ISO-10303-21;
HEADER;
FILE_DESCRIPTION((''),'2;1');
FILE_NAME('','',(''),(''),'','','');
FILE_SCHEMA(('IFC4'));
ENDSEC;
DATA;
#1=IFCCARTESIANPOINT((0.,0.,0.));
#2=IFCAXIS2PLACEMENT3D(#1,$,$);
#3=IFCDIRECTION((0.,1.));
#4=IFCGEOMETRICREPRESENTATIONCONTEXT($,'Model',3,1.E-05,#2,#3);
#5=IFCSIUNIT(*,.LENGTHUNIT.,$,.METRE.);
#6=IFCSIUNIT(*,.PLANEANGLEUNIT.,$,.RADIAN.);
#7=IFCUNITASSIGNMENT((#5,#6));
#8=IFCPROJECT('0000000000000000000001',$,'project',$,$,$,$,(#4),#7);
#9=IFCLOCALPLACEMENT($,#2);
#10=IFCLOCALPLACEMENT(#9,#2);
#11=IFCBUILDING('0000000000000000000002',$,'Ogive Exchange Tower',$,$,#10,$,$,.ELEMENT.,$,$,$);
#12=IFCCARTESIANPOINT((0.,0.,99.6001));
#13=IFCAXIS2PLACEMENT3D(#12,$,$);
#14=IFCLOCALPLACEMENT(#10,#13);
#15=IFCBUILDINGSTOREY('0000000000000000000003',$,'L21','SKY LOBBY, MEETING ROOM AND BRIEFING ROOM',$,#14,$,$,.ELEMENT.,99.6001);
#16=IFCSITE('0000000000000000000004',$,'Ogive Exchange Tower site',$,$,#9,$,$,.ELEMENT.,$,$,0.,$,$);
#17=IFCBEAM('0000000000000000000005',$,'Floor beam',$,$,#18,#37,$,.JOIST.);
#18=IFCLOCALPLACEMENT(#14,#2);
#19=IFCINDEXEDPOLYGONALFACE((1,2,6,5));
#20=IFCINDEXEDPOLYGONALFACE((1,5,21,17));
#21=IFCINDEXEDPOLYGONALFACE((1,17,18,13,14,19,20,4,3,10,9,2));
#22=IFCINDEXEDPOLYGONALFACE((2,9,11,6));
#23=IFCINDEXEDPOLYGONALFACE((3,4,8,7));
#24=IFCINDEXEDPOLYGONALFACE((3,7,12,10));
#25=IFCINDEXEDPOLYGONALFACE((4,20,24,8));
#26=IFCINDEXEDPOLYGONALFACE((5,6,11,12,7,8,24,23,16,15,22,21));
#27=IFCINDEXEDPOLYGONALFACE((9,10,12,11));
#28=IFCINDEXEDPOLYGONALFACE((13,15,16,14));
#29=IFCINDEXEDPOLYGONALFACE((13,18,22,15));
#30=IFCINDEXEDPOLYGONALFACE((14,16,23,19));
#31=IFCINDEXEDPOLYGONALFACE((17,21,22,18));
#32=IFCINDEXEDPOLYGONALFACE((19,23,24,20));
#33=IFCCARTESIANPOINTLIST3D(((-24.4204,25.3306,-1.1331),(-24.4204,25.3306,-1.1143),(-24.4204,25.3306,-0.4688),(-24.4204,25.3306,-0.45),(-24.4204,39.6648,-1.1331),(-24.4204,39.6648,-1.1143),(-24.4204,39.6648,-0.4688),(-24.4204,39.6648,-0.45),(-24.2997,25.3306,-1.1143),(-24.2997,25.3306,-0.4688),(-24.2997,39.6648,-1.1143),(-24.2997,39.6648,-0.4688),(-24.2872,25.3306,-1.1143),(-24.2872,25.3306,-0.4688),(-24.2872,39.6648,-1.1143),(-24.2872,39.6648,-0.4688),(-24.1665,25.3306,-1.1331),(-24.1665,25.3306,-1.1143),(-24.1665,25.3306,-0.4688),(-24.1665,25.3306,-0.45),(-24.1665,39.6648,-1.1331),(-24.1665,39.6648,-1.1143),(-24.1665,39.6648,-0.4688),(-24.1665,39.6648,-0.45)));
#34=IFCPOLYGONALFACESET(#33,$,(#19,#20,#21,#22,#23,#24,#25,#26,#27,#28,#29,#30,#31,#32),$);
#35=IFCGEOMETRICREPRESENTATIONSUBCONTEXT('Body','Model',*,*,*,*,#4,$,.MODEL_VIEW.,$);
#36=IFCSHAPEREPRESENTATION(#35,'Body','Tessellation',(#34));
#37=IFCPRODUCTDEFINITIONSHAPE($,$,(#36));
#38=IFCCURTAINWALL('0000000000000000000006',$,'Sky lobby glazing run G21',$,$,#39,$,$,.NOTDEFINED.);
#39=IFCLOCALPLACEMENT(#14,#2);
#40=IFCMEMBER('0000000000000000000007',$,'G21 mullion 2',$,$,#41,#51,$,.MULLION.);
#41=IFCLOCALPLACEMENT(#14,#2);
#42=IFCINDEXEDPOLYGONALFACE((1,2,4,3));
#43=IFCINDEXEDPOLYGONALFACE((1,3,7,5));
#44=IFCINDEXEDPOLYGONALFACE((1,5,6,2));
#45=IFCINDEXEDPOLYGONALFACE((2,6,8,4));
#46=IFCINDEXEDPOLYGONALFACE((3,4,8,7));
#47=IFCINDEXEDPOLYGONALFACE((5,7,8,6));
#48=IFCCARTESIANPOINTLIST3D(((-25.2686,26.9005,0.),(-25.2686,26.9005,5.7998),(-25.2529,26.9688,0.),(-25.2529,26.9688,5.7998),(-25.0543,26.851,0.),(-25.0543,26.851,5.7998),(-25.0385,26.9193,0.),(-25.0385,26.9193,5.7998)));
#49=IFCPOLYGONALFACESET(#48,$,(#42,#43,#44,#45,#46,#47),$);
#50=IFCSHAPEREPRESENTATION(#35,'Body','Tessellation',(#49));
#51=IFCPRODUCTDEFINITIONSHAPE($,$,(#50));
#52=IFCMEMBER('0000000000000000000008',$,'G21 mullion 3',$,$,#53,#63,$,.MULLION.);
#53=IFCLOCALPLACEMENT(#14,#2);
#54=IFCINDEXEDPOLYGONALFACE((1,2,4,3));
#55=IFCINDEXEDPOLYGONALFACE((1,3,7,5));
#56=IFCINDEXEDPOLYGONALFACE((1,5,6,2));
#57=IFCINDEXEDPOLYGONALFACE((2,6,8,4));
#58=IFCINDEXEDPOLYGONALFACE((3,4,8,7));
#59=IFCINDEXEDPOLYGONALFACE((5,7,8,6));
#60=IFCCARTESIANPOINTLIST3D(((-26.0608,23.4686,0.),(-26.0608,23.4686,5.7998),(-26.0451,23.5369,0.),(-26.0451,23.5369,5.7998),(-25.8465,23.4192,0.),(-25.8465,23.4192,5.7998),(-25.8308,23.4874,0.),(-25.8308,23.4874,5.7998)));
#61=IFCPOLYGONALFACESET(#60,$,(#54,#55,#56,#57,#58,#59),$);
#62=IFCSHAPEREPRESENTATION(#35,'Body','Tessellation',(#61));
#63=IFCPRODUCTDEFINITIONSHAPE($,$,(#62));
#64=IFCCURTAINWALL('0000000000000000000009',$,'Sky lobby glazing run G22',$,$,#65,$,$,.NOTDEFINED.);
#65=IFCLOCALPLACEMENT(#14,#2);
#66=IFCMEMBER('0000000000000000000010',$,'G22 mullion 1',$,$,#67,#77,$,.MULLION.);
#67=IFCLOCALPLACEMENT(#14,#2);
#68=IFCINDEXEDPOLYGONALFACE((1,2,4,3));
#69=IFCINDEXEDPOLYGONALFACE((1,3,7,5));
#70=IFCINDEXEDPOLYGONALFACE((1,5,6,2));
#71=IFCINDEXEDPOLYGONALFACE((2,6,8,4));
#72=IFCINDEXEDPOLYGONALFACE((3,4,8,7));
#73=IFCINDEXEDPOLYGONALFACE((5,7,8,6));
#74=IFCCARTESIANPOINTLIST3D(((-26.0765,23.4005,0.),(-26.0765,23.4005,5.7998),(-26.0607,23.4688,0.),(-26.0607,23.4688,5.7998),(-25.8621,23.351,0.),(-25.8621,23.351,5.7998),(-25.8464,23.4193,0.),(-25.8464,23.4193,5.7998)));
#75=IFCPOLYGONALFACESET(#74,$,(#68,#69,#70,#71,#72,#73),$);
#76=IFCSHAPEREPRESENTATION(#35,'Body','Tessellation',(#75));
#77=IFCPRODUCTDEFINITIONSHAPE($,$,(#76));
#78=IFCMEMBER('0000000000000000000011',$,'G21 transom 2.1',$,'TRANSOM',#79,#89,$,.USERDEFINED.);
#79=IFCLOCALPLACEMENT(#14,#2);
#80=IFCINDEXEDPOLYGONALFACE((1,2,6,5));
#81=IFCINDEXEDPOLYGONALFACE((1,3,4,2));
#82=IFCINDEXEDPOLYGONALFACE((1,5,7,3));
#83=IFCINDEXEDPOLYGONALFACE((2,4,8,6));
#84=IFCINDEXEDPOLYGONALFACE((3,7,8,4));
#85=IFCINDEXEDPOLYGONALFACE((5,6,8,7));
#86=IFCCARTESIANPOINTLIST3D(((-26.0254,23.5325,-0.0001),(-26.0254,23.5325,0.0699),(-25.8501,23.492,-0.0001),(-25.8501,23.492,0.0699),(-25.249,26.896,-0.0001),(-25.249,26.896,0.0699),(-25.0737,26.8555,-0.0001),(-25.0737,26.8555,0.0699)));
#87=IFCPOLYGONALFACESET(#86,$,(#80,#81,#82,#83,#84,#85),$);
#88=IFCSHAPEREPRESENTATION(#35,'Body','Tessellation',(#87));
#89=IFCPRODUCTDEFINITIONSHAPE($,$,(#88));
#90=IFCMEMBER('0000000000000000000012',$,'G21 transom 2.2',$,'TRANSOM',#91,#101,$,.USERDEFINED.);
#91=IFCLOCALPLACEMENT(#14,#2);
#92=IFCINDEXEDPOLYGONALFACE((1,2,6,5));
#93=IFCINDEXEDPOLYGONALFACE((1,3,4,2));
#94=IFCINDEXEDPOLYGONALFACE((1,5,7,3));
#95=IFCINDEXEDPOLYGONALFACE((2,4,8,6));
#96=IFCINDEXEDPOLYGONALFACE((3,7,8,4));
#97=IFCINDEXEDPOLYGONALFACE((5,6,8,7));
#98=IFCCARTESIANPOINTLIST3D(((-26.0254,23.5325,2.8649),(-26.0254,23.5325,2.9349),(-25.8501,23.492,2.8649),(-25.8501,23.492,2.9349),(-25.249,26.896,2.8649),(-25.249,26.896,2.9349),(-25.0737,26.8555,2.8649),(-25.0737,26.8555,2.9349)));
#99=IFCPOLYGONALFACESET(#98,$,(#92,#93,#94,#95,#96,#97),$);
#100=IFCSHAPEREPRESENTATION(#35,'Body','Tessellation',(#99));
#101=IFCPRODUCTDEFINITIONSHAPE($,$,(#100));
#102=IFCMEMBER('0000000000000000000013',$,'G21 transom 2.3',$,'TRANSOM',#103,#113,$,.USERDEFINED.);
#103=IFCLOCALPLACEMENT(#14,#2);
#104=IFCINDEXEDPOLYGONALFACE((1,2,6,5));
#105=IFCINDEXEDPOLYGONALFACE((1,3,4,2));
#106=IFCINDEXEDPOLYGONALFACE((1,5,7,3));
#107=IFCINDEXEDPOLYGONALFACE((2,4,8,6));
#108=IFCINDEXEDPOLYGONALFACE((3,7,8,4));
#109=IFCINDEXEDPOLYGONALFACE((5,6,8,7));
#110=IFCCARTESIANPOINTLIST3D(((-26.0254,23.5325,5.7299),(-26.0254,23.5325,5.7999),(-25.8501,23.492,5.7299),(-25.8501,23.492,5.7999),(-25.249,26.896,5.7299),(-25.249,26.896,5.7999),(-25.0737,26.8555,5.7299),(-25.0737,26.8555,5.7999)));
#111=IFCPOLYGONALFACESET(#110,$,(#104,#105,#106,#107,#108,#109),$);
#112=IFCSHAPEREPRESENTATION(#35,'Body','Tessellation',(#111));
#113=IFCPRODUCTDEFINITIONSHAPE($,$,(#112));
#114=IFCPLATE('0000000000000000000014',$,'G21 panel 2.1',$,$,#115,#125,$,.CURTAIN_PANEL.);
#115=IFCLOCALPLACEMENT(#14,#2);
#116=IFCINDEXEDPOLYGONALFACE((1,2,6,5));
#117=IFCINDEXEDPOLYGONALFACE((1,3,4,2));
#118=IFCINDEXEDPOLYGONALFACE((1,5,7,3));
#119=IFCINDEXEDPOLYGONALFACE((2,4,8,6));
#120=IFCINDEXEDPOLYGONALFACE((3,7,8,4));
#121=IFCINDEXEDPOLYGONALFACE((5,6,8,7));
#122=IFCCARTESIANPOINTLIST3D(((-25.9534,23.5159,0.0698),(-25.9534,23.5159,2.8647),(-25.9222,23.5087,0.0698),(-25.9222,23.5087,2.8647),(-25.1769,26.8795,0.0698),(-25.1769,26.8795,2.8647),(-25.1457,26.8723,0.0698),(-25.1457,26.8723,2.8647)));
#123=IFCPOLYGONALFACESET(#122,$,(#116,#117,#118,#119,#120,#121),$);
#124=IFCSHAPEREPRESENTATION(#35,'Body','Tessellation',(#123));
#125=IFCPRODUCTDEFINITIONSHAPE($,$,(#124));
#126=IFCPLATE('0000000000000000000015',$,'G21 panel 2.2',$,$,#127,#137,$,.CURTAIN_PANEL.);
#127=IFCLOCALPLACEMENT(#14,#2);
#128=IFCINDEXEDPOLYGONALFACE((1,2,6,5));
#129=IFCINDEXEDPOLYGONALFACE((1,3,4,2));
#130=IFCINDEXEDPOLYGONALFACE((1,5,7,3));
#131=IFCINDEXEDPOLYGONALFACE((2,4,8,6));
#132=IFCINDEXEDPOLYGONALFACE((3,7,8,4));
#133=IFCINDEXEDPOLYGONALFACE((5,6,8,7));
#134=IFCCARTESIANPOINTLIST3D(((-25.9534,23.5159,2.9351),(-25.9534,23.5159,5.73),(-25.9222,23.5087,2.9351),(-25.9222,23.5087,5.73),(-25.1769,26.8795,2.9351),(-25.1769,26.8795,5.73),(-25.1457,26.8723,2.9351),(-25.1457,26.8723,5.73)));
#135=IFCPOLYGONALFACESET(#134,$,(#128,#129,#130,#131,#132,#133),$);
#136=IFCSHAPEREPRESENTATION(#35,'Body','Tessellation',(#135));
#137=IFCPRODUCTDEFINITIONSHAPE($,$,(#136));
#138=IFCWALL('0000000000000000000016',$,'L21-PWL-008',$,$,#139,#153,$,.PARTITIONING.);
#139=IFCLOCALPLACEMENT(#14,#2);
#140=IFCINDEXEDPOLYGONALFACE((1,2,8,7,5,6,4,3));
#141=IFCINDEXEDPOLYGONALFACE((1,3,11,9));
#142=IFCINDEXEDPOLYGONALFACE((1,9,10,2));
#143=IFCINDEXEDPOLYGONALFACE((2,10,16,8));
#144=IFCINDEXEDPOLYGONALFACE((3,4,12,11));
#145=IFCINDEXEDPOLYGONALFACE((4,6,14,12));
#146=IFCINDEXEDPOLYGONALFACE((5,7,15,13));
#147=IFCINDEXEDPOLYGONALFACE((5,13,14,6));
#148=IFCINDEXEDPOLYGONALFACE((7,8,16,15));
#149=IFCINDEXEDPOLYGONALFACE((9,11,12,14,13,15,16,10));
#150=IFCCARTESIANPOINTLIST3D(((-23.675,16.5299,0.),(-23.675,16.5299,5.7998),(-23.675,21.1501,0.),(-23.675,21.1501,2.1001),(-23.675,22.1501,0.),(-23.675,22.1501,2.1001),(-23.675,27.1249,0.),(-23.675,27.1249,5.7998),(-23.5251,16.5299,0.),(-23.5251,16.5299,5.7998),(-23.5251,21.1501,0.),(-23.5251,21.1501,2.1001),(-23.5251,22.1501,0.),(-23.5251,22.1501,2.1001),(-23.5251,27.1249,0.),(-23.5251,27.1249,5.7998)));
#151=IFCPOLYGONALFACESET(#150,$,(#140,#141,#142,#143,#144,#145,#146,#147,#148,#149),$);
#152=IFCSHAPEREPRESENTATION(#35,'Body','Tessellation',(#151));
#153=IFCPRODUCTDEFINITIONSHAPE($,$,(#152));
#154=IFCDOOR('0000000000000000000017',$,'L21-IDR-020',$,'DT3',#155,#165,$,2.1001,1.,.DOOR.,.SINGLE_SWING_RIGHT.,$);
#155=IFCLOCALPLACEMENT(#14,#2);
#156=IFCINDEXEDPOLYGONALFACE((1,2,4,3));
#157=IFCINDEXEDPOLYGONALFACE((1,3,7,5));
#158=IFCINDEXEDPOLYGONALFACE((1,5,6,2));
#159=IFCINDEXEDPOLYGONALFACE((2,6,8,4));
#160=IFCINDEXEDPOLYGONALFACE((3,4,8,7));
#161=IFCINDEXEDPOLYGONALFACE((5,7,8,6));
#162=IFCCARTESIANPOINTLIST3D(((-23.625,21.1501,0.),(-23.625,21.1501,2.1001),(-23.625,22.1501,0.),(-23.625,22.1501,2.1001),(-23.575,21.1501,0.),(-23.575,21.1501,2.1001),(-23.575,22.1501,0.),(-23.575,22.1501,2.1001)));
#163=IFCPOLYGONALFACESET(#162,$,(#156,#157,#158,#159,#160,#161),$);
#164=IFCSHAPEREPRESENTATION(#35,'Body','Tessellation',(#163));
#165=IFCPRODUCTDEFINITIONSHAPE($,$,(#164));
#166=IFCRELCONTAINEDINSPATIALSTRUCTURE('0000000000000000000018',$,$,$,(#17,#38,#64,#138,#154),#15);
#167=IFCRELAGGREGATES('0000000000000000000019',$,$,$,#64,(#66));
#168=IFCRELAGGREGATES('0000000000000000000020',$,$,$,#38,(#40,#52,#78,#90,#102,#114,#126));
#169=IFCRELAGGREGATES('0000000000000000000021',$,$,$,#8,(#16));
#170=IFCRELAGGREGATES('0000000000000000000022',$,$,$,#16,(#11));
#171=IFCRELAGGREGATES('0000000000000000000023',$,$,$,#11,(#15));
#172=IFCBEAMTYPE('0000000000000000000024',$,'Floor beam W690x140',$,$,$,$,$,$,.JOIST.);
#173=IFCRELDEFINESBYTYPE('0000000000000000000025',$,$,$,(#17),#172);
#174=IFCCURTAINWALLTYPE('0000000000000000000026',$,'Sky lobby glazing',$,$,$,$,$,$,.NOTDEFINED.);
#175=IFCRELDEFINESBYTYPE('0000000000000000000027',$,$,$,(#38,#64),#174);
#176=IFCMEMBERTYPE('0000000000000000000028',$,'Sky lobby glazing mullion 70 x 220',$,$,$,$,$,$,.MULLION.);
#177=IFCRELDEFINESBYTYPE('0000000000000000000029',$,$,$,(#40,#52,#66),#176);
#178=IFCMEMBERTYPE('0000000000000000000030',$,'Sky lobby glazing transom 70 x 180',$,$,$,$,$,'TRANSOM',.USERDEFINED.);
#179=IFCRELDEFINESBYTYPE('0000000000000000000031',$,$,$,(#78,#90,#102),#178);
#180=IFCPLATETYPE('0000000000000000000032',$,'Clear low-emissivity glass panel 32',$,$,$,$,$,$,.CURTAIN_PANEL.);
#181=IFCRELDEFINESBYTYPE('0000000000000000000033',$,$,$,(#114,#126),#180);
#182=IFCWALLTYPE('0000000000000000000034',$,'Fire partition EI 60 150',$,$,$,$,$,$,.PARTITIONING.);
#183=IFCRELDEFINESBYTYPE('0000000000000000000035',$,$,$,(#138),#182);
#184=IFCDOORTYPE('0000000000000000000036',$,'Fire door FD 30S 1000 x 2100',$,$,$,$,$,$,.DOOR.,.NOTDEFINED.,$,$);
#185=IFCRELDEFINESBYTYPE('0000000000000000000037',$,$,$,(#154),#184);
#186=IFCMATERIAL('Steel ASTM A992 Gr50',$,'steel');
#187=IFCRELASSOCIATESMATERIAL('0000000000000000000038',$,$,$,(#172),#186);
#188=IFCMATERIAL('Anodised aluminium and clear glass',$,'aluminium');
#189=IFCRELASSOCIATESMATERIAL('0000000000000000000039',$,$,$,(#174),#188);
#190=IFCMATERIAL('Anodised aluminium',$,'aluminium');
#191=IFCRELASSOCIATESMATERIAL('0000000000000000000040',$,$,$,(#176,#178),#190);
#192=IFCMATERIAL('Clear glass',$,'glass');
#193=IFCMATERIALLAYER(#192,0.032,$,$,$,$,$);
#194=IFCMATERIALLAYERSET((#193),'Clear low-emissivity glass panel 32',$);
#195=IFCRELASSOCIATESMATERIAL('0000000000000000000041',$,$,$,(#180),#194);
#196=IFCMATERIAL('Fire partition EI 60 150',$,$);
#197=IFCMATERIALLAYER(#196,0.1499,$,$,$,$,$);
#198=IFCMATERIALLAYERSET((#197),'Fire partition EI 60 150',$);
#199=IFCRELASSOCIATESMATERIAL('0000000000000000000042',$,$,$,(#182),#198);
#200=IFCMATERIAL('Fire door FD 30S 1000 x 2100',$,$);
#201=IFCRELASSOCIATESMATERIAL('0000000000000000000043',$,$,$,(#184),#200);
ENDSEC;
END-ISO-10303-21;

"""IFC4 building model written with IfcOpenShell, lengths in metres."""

from ifc_helpers import new_model, si_unit, direction, frame, frame_2d, origin, origin_2d, place, context, subcontext, project, spatial, rectangle, i_section, extrude, material, layer, layer_set, material_profile, profile_set, type_object, element, fill, aggregate, save


model = new_model("IFC4")

# Units and contexts
model_context = context("Model", 3, precision=1e-05, world=origin(), true_north=direction((0.0, 1.0)))
body_context = subcontext(model_context, "Body", "Model", "MODEL_VIEW")
ifc_project = project(units=[si_unit("LENGTHUNIT", "METRE"), si_unit("PLANEANGLEUNIT", "RADIAN")], contexts=[model_context])

# Site, building, storey
site_placement = place(None, origin())
site = spatial("IfcSite", under=ifc_project, at=site_placement, Name="Ogive Exchange Tower site", CompositionType="ELEMENT", RefElevation=0.0)
building_placement = place(site_placement, origin())
building = spatial("IfcBuilding", under=site, at=building_placement, Name="Ogive Exchange Tower", CompositionType="ELEMENT")
storey_placement = place(building_placement, frame((0.0, 0.0, 99.6001)))
storey = spatial("IfcBuildingStorey", under=building, at=storey_placement, Name="L21", Description="SKY LOBBY, MEETING ROOM AND BRIEFING ROOM", CompositionType="ELEMENT", Elevation=99.6001)

# Beam
ifc_material_1 = material(Name="Steel ASTM A992 Gr50", Category="steel")
ifc_material_profile_1 = material_profile(ifc_material_1, i_section(OverallWidth=0.2539, OverallDepth=0.6831, WebThickness=0.0125, FlangeThickness=0.0188, at=origin_2d()), Name="W690x140")
ifc_profile_set_1 = profile_set([ifc_material_profile_1], Name="Steel ASTM A992 Gr50")
beam_type = type_object("IfcBeamType", Name="Floor beam W690x140", PredefinedType="JOIST", material=ifc_profile_set_1)
beam_placement = place(storey_placement, frame((-24.2935, 25.3306, -0.7915), z_axis=(0.0, 1.0, 0.0), x_axis=(-1.0, 0.0, 0.0)))
element("IfcBeam", 1, at=beam_placement, inside=storey, type_object=beam_type, Name="Floor beam", PredefinedType="JOIST", context=body_context, shape_type="SweptSolid", body=[
    extrude(i_section(OverallWidth=0.2539, OverallDepth=0.6831, WebThickness=0.0125, FlangeThickness=0.0188, at=origin_2d()), origin(), (0.0, 0.0, 1.0), 14.3342),
])

# Curtain wall, members
ifc_material_2 = material(Name="Anodised aluminium and clear glass", Category="aluminium")
curtain_wall_type = type_object("IfcCurtainWallType", Name="Sky lobby glazing", PredefinedType="NOTDEFINED", material=ifc_material_2)
curtain_wall_1_placement = place(storey_placement, origin())
curtain_wall_1 = element("IfcCurtainWall", 2, at=curtain_wall_1_placement, inside=storey, type_object=curtain_wall_type, Name="Sky lobby glazing run G21", PredefinedType="NOTDEFINED")
ifc_material_3 = material(Name="Anodised aluminium", Category="aluminium")
ifc_material_profile_2 = material_profile(ifc_material_3, rectangle(XDim=0.22, YDim=0.0701, at=origin_2d()), Name="AL 70x220")
ifc_profile_set_2 = profile_set([ifc_material_profile_2], Name="Anodised aluminium")
member_type_1 = type_object("IfcMemberType", Name="Sky lobby glazing mullion 70 x 220", PredefinedType="MULLION", material=ifc_profile_set_2)
member_1_placement = place(storey_placement, frame((-25.1536, 26.9099, 0.0), z_axis=(0.0, 0.0, 1.0), x_axis=(0.974372, -0.224944, 0.0)))
member_1 = element("IfcMember", 3, at=member_1_placement, type_object=member_type_1, Name="G21 mullion 2", PredefinedType="MULLION", context=body_context, shape_type="SweptSolid", body=[
    extrude(rectangle(XDim=0.22, YDim=0.0701, at=origin_2d()), origin(), (0.0, 0.0, 1.0), 5.7998),
])
member_2_placement = place(storey_placement, frame((-25.9458, 23.478, 0.0), z_axis=(0.0, 0.0, 1.0), x_axis=(0.974372, -0.224944, 0.0)))
member_2 = element("IfcMember", 4, at=member_2_placement, type_object=member_type_1, Name="G21 mullion 3", PredefinedType="MULLION", context=body_context, shape_type="SweptSolid", body=[
    extrude(rectangle(XDim=0.22, YDim=0.0701, at=origin_2d()), origin(), (0.0, 0.0, 1.0), 5.7998),
])

# Curtain wall, member
curtain_wall_2_placement = place(storey_placement, origin())
curtain_wall_2 = element("IfcCurtainWall", 5, at=curtain_wall_2_placement, inside=storey, type_object=curtain_wall_type, Name="Sky lobby glazing run G22", PredefinedType="NOTDEFINED")
member_3_placement = place(storey_placement, frame((-25.9614, 23.4099, 0.0), z_axis=(0.0, 0.0, 1.0), x_axis=(0.974369, -0.224954, 0.0)))
member_3 = element("IfcMember", 6, at=member_3_placement, type_object=member_type_1, Name="G22 mullion 1", PredefinedType="MULLION", context=body_context, shape_type="SweptSolid", body=[
    extrude(rectangle(XDim=0.22, YDim=0.0701, at=origin_2d()), origin(), (0.0, 0.0, 1.0), 5.7998),
])
aggregate(curtain_wall_2, [member_3])

# Members
ifc_material_profile_3 = material_profile(ifc_material_3, rectangle(XDim=0.1799, YDim=0.0701, at=origin_2d()), Name="AL 70x180")
ifc_profile_set_3 = profile_set([ifc_material_profile_3], Name="Anodised aluminium")
member_type_2 = type_object("IfcMemberType", Name="Sky lobby glazing transom 70 x 180", ElementType="TRANSOM", PredefinedType="USERDEFINED", material=ifc_profile_set_3)
member_4_placement = place(storey_placement, frame((-25.1614, 26.8757, 0.0349), z_axis=(-0.224906, -0.97438, 0.0), x_axis=(0.97438, -0.224906, 0.0)))
member_4 = element("IfcMember", 7, at=member_4_placement, type_object=member_type_2, Name="G21 transom 2.1", ObjectType="TRANSOM", PredefinedType="USERDEFINED", context=body_context, shape_type="SweptSolid", body=[
    extrude(rectangle(XDim=0.1799, YDim=0.0701, at=origin_2d()), origin(), (0.0, 0.0, 1.0), 3.4519),
])
member_5_placement = place(storey_placement, frame((-25.1614, 26.8757, 2.8999), z_axis=(-0.224906, -0.97438, 0.0), x_axis=(0.97438, -0.224906, 0.0)))
member_5 = element("IfcMember", 8, at=member_5_placement, type_object=member_type_2, Name="G21 transom 2.2", ObjectType="TRANSOM", PredefinedType="USERDEFINED", context=body_context, shape_type="SweptSolid", body=[
    extrude(rectangle(XDim=0.1799, YDim=0.0701, at=origin_2d()), origin(), (0.0, 0.0, 1.0), 3.4519),
])
member_6_placement = place(storey_placement, frame((-25.1614, 26.8757, 5.7649), z_axis=(-0.224906, -0.97438, 0.0), x_axis=(0.97438, -0.224906, 0.0)))
member_6 = element("IfcMember", 9, at=member_6_placement, type_object=member_type_2, Name="G21 transom 2.3", ObjectType="TRANSOM", PredefinedType="USERDEFINED", context=body_context, shape_type="SweptSolid", body=[
    extrude(rectangle(XDim=0.1799, YDim=0.0701, at=origin_2d()), origin(), (0.0, 0.0, 1.0), 3.4519),
])

# Plates
ifc_material_4 = material(Name="Clear glass", Category="glass")
ifc_layer_1 = layer(ifc_material_4, 0.032)
ifc_layer_set_1 = layer_set([ifc_layer_1], Name="Clear low-emissivity glass panel 32")
plate_type = type_object("IfcPlateType", Name="Clear low-emissivity glass panel 32", PredefinedType="CURTAIN_PANEL", material=ifc_layer_set_1)
plate_1_placement = place(storey_placement, frame((-25.5496, 25.1941, 0.0698), z_axis=(0.0, 0.0, 1.0), x_axis=(-0.224944, -0.974372, 0.0)))
plate_1 = element("IfcPlate", 10, at=plate_1_placement, type_object=plate_type, Name="G21 panel 2.1", PredefinedType="CURTAIN_PANEL", context=body_context, shape_type="SweptSolid", body=[
    extrude(rectangle(XDim=3.4521, YDim=0.032, at=origin_2d()), origin(), (0.0, 0.0, 1.0), 2.7949),
])
plate_2_placement = place(storey_placement, frame((-25.5496, 25.1941, 2.9351), z_axis=(0.0, 0.0, 1.0), x_axis=(-0.224944, -0.974372, 0.0)))
plate_2 = element("IfcPlate", 11, at=plate_2_placement, type_object=plate_type, Name="G21 panel 2.2", PredefinedType="CURTAIN_PANEL", context=body_context, shape_type="SweptSolid", body=[
    extrude(rectangle(XDim=3.4521, YDim=0.032, at=origin_2d()), origin(), (0.0, 0.0, 1.0), 2.7949),
])
aggregate(curtain_wall_1, [member_1, member_2, member_4, member_5, member_6, plate_1, plate_2])

# Wall, opening, door
ifc_material_5 = material(Name="Fire partition EI 60 150")
ifc_layer_2 = layer(ifc_material_5, 0.1499)
ifc_layer_set_2 = layer_set([ifc_layer_2], Name="Fire partition EI 60 150")
wall_type_1 = type_object("IfcWallType", Name="Fire partition EI 60 150", PredefinedType="PARTITIONING", material=ifc_layer_set_2)
wall_1_placement = place(storey_placement, frame((-23.6001, 16.53, 0.0), z_axis=(0.0, 0.0, 1.0), x_axis=(0.0, 1.0, 0.0)))
wall_1 = element("IfcWall", 12, at=wall_1_placement, inside=storey, type_object=wall_type_1, Name="L21-PWL-008", PredefinedType="PARTITIONING", context=body_context, shape_type="SweptSolid", body=[
    extrude(rectangle(XDim=10.595, YDim=0.1499, at=frame_2d((5.2974, 0.0))), origin(), (0.0, 0.0, 1.0), 5.7998),
])
opening_1_placement = place(wall_1_placement, frame((4.6201, 0.0, 0.0)))
opening_1 = element("IfcOpeningElement", 13, at=opening_1_placement, cuts=wall_1, PredefinedType="OPENING", context=body_context, shape_type="SweptSolid", body=[
    extrude(rectangle(XDim=1.0, YDim=2.1001, at=frame_2d((0.5, 1.05))), frame((0.0, 0.085, 0.0), z_axis=(0.0, -1.0, 0.0), x_axis=(1.0, 0.0, 0.0)), (0.0, 0.0, 1.0), 0.1699),
])
ifc_material_6 = material(Name="Fire door FD 30S 1000 x 2100")
door_type = type_object("IfcDoorType", Name="Fire door FD 30S 1000 x 2100", OperationType="NOTDEFINED", PredefinedType="DOOR", material=ifc_material_6)
door_1_placement = place(opening_1_placement, origin())
door_1 = element("IfcDoor", 14, at=door_1_placement, inside=storey, type_object=door_type, Name="L21-IDR-020", ObjectType="DT3", OperationType="SINGLE_SWING_RIGHT", OverallHeight=2.1001, OverallWidth=1.0, PredefinedType="DOOR", context=body_context, shape_type="SweptSolid", body=[
    extrude(rectangle(XDim=1.0, YDim=2.1001, at=frame_2d((0.5, 1.05))), frame((0.0, 0.0249, 0.0), z_axis=(0.0, -1.0, 0.0), x_axis=(1.0, 0.0, 0.0)), (0.0, 0.0, 1.0), 0.05),
])
fill(opening_1, door_1)

save(model, "model.ifc")
